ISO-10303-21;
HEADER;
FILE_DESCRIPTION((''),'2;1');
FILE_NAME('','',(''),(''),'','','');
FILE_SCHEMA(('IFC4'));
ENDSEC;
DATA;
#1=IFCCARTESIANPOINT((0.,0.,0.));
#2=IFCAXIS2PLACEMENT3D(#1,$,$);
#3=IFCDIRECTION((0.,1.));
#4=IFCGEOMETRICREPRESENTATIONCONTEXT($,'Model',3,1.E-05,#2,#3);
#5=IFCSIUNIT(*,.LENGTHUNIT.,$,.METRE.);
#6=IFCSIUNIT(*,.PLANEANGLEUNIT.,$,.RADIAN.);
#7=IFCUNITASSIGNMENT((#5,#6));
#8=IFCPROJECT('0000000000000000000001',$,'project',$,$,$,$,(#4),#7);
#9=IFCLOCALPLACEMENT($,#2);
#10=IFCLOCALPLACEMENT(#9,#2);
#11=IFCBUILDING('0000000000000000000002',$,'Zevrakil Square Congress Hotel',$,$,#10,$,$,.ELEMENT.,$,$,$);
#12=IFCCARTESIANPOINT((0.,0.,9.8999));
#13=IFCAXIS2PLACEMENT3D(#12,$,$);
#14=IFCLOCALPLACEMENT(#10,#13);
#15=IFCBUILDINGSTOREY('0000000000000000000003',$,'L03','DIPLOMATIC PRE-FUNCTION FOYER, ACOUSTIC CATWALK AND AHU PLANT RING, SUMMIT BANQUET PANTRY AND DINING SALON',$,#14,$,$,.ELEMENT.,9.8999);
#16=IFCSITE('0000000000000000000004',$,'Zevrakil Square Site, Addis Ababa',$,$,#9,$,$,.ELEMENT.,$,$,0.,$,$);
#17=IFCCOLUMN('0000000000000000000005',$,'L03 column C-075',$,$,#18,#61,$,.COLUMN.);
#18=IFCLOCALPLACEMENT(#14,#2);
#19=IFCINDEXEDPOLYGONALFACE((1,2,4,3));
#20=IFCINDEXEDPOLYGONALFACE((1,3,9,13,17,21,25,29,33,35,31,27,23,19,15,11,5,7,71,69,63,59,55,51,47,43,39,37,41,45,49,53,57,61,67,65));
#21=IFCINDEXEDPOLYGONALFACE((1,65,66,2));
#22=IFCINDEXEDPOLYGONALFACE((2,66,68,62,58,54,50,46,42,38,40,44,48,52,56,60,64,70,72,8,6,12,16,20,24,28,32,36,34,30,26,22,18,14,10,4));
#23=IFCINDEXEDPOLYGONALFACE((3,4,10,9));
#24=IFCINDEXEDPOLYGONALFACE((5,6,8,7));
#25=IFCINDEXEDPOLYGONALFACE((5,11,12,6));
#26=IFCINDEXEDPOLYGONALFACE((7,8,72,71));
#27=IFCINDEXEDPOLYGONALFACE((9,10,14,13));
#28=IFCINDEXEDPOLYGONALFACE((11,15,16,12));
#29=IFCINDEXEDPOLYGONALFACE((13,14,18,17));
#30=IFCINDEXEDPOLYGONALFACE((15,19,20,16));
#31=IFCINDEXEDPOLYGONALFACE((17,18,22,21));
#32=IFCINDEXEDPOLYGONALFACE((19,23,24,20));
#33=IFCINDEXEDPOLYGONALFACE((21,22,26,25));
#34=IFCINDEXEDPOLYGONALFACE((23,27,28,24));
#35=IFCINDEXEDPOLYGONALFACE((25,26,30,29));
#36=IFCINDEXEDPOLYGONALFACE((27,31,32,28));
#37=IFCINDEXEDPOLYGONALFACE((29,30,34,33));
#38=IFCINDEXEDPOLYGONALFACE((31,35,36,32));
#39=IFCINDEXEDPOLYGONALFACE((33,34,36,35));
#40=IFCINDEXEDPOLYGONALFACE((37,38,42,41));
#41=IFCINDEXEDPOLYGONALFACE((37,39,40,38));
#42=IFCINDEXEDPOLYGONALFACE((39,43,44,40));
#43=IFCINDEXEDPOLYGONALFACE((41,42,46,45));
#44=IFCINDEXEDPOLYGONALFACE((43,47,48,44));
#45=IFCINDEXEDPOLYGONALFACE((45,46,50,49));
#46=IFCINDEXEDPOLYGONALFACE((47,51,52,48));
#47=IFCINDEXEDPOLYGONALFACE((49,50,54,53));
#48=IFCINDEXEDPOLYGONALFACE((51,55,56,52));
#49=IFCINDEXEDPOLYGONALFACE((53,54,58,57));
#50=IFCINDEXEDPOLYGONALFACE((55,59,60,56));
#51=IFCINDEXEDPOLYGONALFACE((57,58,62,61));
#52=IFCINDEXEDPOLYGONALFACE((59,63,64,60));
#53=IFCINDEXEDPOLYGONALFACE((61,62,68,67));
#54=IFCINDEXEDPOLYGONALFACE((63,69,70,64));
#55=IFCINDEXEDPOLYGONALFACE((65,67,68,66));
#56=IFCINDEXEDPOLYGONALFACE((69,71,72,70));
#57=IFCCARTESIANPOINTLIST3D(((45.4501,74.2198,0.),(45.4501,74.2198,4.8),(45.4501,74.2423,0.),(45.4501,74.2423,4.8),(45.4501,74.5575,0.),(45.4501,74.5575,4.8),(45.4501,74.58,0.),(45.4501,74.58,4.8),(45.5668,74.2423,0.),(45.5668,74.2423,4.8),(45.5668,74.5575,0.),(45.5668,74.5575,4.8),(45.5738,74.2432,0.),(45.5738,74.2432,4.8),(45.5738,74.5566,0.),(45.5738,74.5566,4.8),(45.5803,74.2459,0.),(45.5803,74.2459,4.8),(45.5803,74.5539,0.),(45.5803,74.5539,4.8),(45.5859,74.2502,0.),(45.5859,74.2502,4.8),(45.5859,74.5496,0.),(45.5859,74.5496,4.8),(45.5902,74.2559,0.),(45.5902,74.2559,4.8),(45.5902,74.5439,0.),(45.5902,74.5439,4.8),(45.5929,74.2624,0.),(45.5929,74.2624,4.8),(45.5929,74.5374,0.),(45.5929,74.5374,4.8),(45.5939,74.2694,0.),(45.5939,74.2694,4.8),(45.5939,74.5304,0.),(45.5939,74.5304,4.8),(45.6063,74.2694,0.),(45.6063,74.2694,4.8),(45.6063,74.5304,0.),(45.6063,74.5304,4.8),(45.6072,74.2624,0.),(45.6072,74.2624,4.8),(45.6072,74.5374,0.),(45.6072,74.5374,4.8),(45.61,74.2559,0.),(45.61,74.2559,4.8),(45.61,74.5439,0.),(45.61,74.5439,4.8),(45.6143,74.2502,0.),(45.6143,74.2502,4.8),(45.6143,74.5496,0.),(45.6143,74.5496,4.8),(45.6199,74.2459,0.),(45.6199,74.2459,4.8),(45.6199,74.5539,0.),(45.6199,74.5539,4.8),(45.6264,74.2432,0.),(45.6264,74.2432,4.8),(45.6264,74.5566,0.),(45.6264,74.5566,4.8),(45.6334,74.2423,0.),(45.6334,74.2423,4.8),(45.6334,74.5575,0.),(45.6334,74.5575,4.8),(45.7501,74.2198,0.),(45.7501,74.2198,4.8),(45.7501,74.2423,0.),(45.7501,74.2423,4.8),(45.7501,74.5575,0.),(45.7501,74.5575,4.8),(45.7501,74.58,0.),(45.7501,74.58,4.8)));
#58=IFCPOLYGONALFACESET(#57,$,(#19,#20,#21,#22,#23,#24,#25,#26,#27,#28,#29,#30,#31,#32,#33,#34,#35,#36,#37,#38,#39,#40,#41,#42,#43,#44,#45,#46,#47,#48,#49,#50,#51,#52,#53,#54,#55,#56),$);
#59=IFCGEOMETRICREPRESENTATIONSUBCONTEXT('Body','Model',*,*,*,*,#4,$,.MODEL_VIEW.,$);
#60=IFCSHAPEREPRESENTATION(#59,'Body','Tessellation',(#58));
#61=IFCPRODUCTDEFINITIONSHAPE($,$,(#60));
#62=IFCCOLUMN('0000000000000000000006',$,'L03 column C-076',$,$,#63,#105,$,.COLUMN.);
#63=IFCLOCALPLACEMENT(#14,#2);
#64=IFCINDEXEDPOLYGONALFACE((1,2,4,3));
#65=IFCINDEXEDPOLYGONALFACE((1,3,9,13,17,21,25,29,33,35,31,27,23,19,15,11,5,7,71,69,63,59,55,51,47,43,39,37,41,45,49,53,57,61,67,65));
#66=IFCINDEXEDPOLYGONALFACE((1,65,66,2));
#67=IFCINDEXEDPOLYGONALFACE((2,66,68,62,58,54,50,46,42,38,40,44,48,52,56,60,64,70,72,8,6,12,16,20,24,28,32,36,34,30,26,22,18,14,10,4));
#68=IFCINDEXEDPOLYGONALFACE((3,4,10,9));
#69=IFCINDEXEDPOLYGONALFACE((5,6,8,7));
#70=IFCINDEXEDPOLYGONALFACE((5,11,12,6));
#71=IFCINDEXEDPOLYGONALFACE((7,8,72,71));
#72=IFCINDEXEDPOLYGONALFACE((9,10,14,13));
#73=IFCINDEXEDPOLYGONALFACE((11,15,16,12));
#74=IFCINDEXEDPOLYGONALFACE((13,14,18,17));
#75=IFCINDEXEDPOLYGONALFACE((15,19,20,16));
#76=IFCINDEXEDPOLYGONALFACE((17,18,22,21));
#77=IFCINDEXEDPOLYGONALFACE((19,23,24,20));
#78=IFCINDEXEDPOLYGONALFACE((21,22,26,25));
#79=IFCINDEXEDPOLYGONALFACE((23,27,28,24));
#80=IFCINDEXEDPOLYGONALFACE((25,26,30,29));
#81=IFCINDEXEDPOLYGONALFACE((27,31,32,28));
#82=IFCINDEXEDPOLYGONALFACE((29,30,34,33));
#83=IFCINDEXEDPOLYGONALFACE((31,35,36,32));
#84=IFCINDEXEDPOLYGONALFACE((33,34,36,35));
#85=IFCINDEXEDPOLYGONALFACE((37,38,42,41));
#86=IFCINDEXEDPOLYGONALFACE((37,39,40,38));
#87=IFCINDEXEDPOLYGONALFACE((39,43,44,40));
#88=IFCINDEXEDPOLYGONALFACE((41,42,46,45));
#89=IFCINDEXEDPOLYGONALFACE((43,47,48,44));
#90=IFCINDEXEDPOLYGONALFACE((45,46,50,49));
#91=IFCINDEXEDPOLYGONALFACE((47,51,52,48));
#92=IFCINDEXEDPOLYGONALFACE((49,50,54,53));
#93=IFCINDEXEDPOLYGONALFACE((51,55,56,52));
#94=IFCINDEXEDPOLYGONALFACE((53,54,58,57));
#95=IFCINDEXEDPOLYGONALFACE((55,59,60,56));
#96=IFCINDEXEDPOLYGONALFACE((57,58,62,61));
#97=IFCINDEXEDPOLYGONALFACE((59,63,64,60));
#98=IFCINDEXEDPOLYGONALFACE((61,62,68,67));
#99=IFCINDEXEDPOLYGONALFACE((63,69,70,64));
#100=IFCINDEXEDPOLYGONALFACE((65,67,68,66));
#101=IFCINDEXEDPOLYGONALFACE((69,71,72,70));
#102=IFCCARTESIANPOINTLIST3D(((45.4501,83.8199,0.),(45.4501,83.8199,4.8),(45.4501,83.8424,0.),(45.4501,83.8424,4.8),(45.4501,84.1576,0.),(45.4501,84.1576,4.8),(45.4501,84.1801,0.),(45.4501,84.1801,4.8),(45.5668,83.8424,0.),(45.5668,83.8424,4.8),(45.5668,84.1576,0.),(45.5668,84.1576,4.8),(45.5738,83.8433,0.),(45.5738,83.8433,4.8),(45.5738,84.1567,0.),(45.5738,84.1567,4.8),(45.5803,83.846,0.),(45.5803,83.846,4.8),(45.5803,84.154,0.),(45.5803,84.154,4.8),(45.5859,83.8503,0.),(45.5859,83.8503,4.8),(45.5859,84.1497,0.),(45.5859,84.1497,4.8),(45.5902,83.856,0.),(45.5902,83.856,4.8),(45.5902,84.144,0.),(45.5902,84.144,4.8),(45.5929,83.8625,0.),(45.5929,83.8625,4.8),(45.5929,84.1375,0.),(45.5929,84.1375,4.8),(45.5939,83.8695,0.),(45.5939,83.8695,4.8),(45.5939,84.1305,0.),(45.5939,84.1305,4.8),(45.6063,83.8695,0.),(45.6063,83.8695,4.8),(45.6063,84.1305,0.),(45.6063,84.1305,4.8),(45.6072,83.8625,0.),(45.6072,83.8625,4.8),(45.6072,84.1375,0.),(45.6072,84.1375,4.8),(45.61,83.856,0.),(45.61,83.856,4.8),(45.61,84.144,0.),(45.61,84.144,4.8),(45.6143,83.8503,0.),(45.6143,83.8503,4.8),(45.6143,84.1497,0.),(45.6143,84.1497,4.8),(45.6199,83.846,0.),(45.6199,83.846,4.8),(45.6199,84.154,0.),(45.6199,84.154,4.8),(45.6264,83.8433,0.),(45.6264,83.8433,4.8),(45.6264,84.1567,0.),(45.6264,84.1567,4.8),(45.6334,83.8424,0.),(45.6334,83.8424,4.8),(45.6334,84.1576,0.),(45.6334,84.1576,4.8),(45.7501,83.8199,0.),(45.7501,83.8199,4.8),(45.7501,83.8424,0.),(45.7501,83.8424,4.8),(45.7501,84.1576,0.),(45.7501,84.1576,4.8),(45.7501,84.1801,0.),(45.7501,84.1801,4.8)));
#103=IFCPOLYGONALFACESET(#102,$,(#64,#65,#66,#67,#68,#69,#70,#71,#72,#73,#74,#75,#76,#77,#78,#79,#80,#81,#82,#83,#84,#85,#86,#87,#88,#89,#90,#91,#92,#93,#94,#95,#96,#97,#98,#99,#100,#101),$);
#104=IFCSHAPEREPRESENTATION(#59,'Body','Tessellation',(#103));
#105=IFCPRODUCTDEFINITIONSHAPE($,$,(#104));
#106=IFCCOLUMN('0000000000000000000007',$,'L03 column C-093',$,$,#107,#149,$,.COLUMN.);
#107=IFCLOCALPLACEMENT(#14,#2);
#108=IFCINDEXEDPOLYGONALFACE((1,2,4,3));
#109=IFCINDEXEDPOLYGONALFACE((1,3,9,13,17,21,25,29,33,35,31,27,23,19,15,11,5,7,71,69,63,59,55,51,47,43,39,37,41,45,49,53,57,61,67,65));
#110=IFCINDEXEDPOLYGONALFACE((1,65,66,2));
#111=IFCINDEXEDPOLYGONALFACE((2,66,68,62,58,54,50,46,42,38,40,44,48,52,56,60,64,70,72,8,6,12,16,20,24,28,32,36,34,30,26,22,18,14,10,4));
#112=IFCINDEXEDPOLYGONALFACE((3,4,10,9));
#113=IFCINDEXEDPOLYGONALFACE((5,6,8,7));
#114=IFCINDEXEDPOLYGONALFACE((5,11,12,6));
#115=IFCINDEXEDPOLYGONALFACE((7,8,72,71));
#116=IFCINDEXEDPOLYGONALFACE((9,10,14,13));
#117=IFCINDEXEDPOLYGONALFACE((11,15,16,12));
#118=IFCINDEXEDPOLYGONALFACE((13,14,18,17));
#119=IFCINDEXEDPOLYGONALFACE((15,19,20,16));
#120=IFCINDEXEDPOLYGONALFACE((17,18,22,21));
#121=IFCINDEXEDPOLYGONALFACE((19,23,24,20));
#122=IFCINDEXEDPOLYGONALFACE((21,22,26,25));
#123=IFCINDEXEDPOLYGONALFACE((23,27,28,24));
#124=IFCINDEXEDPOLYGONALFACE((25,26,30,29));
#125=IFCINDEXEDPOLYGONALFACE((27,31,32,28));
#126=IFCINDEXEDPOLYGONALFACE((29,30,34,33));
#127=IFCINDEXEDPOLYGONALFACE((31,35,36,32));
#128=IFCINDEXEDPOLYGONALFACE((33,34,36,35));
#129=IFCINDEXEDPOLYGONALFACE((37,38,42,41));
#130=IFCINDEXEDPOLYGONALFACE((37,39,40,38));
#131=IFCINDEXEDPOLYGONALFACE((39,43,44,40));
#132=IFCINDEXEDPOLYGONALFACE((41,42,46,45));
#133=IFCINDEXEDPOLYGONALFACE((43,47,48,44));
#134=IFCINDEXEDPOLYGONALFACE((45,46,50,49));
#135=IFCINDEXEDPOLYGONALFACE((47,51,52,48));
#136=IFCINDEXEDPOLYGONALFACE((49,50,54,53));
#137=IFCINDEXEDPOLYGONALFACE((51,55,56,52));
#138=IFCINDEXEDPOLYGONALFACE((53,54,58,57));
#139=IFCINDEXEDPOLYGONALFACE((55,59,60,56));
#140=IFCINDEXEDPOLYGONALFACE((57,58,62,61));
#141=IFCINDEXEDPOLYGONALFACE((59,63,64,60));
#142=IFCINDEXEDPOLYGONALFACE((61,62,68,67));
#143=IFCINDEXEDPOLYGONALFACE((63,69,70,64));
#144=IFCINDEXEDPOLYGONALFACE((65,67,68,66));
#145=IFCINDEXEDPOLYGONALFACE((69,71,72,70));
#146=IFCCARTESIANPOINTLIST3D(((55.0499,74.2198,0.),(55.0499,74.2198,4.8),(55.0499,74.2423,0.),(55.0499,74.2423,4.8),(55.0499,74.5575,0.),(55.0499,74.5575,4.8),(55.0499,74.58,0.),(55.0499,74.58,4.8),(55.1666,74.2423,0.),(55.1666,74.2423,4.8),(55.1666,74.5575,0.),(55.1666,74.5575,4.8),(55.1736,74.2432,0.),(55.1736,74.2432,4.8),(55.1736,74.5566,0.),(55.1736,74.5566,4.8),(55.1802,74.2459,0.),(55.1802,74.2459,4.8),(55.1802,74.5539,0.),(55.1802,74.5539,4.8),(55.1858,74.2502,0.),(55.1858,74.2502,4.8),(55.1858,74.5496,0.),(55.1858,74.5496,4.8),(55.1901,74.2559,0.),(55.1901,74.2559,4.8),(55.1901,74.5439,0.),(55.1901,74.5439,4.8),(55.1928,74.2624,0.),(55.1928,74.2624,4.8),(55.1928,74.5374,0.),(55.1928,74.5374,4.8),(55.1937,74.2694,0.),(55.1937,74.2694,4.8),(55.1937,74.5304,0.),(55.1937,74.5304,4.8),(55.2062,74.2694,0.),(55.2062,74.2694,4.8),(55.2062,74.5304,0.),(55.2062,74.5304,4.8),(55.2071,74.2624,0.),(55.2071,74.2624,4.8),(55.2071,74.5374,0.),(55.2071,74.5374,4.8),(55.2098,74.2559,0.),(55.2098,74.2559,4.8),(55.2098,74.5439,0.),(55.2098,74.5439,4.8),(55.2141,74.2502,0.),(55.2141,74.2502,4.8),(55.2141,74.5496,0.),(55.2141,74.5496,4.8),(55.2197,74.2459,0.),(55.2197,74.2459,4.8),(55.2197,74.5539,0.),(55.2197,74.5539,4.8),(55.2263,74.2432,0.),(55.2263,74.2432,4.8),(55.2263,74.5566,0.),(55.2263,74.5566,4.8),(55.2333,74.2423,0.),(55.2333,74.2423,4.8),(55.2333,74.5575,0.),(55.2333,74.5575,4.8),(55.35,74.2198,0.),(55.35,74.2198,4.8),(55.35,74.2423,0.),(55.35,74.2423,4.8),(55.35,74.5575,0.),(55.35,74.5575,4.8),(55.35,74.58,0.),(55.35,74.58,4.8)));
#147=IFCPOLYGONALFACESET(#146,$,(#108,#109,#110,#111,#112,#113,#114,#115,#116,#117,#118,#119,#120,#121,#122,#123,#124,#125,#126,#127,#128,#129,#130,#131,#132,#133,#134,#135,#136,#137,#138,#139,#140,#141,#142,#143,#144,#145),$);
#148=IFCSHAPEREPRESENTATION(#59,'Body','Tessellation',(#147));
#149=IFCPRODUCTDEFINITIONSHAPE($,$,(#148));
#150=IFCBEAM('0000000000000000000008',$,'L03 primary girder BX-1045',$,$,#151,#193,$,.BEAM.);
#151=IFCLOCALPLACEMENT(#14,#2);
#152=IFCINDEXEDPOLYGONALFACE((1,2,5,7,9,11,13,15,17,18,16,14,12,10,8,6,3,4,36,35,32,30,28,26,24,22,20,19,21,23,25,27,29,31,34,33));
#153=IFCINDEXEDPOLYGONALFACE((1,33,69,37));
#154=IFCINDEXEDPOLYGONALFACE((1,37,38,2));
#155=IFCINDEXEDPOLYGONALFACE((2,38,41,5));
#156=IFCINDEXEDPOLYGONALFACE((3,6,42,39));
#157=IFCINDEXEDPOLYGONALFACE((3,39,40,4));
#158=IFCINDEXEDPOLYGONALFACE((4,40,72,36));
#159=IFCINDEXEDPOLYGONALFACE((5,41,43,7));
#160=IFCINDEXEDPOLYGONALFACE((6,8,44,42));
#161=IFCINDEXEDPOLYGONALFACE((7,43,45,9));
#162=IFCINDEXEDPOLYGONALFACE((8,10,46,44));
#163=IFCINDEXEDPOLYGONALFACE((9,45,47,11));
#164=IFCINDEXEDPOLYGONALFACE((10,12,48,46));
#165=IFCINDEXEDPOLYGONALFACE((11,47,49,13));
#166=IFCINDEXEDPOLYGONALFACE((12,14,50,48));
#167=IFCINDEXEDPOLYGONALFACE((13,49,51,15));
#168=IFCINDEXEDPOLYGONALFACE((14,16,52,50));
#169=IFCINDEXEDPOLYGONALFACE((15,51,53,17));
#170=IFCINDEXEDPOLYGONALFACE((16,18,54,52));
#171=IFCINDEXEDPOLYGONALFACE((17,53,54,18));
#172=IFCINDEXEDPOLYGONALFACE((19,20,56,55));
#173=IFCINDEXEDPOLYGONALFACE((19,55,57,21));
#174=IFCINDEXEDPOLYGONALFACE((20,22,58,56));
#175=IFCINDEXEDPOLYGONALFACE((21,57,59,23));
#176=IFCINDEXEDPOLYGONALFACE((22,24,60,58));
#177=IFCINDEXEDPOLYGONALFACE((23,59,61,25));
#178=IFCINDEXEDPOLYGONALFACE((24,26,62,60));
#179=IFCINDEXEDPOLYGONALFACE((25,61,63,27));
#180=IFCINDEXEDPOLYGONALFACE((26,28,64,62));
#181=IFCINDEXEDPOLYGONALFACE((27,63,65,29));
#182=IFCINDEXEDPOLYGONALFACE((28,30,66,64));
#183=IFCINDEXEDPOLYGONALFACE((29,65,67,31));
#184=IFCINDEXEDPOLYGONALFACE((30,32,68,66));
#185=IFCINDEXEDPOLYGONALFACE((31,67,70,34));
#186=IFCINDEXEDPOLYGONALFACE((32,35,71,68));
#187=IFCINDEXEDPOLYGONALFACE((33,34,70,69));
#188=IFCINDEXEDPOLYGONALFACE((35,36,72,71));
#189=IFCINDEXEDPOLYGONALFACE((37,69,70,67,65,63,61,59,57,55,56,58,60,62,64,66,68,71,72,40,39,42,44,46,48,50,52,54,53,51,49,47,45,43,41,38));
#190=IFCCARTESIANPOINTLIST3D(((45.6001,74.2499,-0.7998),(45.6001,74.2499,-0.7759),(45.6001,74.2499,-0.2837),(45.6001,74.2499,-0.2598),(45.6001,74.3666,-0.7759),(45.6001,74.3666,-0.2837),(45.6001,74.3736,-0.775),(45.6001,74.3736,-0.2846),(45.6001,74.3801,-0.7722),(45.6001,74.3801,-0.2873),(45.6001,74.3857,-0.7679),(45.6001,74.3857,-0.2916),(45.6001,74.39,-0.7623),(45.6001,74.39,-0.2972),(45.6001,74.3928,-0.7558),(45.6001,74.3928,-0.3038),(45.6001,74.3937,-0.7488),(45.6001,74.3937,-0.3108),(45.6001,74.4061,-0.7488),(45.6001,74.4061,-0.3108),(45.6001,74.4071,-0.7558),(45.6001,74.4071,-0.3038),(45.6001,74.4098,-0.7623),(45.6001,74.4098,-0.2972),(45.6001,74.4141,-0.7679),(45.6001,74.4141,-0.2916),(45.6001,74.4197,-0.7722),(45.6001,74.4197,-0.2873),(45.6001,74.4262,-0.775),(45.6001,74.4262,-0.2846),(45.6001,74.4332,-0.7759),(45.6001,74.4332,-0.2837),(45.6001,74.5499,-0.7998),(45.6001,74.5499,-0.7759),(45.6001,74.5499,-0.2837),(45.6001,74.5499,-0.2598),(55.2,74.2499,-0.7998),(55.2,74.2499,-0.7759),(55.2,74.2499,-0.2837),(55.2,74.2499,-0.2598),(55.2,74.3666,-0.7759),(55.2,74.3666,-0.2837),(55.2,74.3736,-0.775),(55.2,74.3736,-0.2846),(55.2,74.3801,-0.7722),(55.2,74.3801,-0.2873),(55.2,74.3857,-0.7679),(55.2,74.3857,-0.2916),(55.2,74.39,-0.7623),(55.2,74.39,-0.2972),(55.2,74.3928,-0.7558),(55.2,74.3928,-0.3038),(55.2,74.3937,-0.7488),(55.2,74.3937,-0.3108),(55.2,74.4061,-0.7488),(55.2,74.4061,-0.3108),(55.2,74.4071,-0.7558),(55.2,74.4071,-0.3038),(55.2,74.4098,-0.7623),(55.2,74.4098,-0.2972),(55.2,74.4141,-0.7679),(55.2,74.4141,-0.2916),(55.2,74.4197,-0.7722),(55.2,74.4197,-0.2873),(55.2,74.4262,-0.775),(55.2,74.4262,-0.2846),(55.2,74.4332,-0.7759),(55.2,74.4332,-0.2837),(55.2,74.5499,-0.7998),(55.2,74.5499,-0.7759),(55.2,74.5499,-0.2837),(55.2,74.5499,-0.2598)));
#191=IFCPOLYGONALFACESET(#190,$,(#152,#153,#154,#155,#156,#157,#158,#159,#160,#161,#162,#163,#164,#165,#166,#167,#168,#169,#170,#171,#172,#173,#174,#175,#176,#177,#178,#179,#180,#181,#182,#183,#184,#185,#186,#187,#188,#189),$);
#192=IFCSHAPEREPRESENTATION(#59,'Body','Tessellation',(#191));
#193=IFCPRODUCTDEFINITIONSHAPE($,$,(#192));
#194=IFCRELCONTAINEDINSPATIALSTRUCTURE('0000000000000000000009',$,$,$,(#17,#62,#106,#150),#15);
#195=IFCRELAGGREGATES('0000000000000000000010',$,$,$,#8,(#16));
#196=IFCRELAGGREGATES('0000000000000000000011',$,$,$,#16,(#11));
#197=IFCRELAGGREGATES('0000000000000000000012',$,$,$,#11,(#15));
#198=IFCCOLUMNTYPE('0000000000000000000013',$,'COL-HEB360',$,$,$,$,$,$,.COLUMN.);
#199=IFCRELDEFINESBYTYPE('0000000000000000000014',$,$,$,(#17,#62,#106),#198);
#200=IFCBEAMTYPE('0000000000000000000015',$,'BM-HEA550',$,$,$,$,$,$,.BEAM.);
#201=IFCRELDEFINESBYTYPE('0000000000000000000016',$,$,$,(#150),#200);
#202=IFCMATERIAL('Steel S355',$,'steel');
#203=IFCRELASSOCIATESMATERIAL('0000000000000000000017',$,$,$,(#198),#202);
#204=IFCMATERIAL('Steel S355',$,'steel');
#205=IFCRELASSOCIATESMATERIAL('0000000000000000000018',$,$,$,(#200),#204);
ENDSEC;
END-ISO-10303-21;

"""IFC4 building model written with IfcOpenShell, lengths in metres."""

from ifc_helpers import new_model, si_unit, direction, frame, origin, origin_2d, place, context, subcontext, project, spatial, i_section, extrude, material, material_profile, profile_set, type_object, element, save


model = new_model("IFC4")

# Units and contexts
model_context = context("Model", 3, precision=1e-05, world=origin(), true_north=direction((0.0, 1.0)))
body_context = subcontext(model_context, "Body", "Model", "MODEL_VIEW")
ifc_project = project(units=[si_unit("LENGTHUNIT", "METRE"), si_unit("PLANEANGLEUNIT", "RADIAN")], contexts=[model_context])

# Site, building, storey
site_placement = place(None, origin())
site = spatial("IfcSite", under=ifc_project, at=site_placement, Name="Zevrakil Square Site, Addis Ababa", CompositionType="ELEMENT", RefElevation=0.0)
building_placement = place(site_placement, origin())
building = spatial("IfcBuilding", under=site, at=building_placement, Name="Zevrakil Square Congress Hotel", CompositionType="ELEMENT")
storey_placement = place(building_placement, frame((0.0, 0.0, 9.8999)))
storey = spatial("IfcBuildingStorey", under=building, at=storey_placement, Name="L03", Description="DIPLOMATIC PRE-FUNCTION FOYER, ACOUSTIC CATWALK AND AHU PLANT RING, SUMMIT BANQUET PANTRY AND DINING SALON", CompositionType="ELEMENT", Elevation=9.8999)

# Columns
ifc_material_1 = material(Name="Steel S355", Category="steel")
ifc_material_profile_1 = material_profile(ifc_material_1, i_section(OverallWidth=0.3, OverallDepth=0.3601, WebThickness=0.0125, FlangeThickness=0.0225, FilletRadius=0.0271, at=origin_2d()), Name="HEB 360")
ifc_profile_set_1 = profile_set([ifc_material_profile_1], Name="Steel S355")
column_type = type_object("IfcColumnType", Name="COL-HEB360", PredefinedType="COLUMN", material=ifc_profile_set_1)
for number, where, z_axis, x_axis, name in (
    (1, (45.6001, 74.3999, 0.0), (0.0, 0.0, 1.0), (1.0, 0.0, 0.0), "L03 column C-075"),
    (2, (45.6001, 84.0, 0.0), (0.0, 0.0, 1.0), (1.0, 0.0, 0.0), "L03 column C-076"),
    (3, (55.2, 74.3999, 0.0), (0.0, 0.0, 1.0), (1.0, 0.0, 0.0), "L03 column C-093"),
):
    element("IfcColumn", number, at=place(storey_placement, frame(where, z_axis=z_axis, x_axis=x_axis)), inside=storey, type_object=column_type, Name=name, PredefinedType="COLUMN", context=body_context, shape_type="SweptSolid", body=[
        extrude(i_section(OverallWidth=0.3, OverallDepth=0.3601, WebThickness=0.0125, FlangeThickness=0.0225, FilletRadius=0.0271, at=origin_2d()), origin(), (0.0, 0.0, 1.0), 4.8),
    ])

# Beam
ifc_material_2 = material(Name="Steel S355", Category="steel")
ifc_material_profile_2 = material_profile(ifc_material_2, i_section(OverallWidth=0.3, OverallDepth=0.54, WebThickness=0.0125, FlangeThickness=0.0239, FilletRadius=0.0271, at=origin_2d()), Name="HEA 550")
ifc_profile_set_2 = profile_set([ifc_material_profile_2], Name="Steel S355")
beam_type_1 = type_object("IfcBeamType", Name="BM-HEA550", PredefinedType="BEAM", material=ifc_profile_set_2)
beam_1_placement = place(storey_placement, frame((45.6001, 74.3999, -0.5298), z_axis=(1.0, 0.0, 0.0), x_axis=(0.0, 1.0, 0.0)))
element("IfcBeam", 4, at=beam_1_placement, inside=storey, type_object=beam_type_1, Name="L03 primary girder BX-1045", PredefinedType="BEAM", context=body_context, shape_type="SweptSolid", body=[
    extrude(i_section(OverallWidth=0.3, OverallDepth=0.54, WebThickness=0.0125, FlangeThickness=0.0239, FilletRadius=0.0271, at=origin_2d()), origin(), (0.0, 0.0, 1.0), 9.5999),
])

save(model, "model.ifc")
